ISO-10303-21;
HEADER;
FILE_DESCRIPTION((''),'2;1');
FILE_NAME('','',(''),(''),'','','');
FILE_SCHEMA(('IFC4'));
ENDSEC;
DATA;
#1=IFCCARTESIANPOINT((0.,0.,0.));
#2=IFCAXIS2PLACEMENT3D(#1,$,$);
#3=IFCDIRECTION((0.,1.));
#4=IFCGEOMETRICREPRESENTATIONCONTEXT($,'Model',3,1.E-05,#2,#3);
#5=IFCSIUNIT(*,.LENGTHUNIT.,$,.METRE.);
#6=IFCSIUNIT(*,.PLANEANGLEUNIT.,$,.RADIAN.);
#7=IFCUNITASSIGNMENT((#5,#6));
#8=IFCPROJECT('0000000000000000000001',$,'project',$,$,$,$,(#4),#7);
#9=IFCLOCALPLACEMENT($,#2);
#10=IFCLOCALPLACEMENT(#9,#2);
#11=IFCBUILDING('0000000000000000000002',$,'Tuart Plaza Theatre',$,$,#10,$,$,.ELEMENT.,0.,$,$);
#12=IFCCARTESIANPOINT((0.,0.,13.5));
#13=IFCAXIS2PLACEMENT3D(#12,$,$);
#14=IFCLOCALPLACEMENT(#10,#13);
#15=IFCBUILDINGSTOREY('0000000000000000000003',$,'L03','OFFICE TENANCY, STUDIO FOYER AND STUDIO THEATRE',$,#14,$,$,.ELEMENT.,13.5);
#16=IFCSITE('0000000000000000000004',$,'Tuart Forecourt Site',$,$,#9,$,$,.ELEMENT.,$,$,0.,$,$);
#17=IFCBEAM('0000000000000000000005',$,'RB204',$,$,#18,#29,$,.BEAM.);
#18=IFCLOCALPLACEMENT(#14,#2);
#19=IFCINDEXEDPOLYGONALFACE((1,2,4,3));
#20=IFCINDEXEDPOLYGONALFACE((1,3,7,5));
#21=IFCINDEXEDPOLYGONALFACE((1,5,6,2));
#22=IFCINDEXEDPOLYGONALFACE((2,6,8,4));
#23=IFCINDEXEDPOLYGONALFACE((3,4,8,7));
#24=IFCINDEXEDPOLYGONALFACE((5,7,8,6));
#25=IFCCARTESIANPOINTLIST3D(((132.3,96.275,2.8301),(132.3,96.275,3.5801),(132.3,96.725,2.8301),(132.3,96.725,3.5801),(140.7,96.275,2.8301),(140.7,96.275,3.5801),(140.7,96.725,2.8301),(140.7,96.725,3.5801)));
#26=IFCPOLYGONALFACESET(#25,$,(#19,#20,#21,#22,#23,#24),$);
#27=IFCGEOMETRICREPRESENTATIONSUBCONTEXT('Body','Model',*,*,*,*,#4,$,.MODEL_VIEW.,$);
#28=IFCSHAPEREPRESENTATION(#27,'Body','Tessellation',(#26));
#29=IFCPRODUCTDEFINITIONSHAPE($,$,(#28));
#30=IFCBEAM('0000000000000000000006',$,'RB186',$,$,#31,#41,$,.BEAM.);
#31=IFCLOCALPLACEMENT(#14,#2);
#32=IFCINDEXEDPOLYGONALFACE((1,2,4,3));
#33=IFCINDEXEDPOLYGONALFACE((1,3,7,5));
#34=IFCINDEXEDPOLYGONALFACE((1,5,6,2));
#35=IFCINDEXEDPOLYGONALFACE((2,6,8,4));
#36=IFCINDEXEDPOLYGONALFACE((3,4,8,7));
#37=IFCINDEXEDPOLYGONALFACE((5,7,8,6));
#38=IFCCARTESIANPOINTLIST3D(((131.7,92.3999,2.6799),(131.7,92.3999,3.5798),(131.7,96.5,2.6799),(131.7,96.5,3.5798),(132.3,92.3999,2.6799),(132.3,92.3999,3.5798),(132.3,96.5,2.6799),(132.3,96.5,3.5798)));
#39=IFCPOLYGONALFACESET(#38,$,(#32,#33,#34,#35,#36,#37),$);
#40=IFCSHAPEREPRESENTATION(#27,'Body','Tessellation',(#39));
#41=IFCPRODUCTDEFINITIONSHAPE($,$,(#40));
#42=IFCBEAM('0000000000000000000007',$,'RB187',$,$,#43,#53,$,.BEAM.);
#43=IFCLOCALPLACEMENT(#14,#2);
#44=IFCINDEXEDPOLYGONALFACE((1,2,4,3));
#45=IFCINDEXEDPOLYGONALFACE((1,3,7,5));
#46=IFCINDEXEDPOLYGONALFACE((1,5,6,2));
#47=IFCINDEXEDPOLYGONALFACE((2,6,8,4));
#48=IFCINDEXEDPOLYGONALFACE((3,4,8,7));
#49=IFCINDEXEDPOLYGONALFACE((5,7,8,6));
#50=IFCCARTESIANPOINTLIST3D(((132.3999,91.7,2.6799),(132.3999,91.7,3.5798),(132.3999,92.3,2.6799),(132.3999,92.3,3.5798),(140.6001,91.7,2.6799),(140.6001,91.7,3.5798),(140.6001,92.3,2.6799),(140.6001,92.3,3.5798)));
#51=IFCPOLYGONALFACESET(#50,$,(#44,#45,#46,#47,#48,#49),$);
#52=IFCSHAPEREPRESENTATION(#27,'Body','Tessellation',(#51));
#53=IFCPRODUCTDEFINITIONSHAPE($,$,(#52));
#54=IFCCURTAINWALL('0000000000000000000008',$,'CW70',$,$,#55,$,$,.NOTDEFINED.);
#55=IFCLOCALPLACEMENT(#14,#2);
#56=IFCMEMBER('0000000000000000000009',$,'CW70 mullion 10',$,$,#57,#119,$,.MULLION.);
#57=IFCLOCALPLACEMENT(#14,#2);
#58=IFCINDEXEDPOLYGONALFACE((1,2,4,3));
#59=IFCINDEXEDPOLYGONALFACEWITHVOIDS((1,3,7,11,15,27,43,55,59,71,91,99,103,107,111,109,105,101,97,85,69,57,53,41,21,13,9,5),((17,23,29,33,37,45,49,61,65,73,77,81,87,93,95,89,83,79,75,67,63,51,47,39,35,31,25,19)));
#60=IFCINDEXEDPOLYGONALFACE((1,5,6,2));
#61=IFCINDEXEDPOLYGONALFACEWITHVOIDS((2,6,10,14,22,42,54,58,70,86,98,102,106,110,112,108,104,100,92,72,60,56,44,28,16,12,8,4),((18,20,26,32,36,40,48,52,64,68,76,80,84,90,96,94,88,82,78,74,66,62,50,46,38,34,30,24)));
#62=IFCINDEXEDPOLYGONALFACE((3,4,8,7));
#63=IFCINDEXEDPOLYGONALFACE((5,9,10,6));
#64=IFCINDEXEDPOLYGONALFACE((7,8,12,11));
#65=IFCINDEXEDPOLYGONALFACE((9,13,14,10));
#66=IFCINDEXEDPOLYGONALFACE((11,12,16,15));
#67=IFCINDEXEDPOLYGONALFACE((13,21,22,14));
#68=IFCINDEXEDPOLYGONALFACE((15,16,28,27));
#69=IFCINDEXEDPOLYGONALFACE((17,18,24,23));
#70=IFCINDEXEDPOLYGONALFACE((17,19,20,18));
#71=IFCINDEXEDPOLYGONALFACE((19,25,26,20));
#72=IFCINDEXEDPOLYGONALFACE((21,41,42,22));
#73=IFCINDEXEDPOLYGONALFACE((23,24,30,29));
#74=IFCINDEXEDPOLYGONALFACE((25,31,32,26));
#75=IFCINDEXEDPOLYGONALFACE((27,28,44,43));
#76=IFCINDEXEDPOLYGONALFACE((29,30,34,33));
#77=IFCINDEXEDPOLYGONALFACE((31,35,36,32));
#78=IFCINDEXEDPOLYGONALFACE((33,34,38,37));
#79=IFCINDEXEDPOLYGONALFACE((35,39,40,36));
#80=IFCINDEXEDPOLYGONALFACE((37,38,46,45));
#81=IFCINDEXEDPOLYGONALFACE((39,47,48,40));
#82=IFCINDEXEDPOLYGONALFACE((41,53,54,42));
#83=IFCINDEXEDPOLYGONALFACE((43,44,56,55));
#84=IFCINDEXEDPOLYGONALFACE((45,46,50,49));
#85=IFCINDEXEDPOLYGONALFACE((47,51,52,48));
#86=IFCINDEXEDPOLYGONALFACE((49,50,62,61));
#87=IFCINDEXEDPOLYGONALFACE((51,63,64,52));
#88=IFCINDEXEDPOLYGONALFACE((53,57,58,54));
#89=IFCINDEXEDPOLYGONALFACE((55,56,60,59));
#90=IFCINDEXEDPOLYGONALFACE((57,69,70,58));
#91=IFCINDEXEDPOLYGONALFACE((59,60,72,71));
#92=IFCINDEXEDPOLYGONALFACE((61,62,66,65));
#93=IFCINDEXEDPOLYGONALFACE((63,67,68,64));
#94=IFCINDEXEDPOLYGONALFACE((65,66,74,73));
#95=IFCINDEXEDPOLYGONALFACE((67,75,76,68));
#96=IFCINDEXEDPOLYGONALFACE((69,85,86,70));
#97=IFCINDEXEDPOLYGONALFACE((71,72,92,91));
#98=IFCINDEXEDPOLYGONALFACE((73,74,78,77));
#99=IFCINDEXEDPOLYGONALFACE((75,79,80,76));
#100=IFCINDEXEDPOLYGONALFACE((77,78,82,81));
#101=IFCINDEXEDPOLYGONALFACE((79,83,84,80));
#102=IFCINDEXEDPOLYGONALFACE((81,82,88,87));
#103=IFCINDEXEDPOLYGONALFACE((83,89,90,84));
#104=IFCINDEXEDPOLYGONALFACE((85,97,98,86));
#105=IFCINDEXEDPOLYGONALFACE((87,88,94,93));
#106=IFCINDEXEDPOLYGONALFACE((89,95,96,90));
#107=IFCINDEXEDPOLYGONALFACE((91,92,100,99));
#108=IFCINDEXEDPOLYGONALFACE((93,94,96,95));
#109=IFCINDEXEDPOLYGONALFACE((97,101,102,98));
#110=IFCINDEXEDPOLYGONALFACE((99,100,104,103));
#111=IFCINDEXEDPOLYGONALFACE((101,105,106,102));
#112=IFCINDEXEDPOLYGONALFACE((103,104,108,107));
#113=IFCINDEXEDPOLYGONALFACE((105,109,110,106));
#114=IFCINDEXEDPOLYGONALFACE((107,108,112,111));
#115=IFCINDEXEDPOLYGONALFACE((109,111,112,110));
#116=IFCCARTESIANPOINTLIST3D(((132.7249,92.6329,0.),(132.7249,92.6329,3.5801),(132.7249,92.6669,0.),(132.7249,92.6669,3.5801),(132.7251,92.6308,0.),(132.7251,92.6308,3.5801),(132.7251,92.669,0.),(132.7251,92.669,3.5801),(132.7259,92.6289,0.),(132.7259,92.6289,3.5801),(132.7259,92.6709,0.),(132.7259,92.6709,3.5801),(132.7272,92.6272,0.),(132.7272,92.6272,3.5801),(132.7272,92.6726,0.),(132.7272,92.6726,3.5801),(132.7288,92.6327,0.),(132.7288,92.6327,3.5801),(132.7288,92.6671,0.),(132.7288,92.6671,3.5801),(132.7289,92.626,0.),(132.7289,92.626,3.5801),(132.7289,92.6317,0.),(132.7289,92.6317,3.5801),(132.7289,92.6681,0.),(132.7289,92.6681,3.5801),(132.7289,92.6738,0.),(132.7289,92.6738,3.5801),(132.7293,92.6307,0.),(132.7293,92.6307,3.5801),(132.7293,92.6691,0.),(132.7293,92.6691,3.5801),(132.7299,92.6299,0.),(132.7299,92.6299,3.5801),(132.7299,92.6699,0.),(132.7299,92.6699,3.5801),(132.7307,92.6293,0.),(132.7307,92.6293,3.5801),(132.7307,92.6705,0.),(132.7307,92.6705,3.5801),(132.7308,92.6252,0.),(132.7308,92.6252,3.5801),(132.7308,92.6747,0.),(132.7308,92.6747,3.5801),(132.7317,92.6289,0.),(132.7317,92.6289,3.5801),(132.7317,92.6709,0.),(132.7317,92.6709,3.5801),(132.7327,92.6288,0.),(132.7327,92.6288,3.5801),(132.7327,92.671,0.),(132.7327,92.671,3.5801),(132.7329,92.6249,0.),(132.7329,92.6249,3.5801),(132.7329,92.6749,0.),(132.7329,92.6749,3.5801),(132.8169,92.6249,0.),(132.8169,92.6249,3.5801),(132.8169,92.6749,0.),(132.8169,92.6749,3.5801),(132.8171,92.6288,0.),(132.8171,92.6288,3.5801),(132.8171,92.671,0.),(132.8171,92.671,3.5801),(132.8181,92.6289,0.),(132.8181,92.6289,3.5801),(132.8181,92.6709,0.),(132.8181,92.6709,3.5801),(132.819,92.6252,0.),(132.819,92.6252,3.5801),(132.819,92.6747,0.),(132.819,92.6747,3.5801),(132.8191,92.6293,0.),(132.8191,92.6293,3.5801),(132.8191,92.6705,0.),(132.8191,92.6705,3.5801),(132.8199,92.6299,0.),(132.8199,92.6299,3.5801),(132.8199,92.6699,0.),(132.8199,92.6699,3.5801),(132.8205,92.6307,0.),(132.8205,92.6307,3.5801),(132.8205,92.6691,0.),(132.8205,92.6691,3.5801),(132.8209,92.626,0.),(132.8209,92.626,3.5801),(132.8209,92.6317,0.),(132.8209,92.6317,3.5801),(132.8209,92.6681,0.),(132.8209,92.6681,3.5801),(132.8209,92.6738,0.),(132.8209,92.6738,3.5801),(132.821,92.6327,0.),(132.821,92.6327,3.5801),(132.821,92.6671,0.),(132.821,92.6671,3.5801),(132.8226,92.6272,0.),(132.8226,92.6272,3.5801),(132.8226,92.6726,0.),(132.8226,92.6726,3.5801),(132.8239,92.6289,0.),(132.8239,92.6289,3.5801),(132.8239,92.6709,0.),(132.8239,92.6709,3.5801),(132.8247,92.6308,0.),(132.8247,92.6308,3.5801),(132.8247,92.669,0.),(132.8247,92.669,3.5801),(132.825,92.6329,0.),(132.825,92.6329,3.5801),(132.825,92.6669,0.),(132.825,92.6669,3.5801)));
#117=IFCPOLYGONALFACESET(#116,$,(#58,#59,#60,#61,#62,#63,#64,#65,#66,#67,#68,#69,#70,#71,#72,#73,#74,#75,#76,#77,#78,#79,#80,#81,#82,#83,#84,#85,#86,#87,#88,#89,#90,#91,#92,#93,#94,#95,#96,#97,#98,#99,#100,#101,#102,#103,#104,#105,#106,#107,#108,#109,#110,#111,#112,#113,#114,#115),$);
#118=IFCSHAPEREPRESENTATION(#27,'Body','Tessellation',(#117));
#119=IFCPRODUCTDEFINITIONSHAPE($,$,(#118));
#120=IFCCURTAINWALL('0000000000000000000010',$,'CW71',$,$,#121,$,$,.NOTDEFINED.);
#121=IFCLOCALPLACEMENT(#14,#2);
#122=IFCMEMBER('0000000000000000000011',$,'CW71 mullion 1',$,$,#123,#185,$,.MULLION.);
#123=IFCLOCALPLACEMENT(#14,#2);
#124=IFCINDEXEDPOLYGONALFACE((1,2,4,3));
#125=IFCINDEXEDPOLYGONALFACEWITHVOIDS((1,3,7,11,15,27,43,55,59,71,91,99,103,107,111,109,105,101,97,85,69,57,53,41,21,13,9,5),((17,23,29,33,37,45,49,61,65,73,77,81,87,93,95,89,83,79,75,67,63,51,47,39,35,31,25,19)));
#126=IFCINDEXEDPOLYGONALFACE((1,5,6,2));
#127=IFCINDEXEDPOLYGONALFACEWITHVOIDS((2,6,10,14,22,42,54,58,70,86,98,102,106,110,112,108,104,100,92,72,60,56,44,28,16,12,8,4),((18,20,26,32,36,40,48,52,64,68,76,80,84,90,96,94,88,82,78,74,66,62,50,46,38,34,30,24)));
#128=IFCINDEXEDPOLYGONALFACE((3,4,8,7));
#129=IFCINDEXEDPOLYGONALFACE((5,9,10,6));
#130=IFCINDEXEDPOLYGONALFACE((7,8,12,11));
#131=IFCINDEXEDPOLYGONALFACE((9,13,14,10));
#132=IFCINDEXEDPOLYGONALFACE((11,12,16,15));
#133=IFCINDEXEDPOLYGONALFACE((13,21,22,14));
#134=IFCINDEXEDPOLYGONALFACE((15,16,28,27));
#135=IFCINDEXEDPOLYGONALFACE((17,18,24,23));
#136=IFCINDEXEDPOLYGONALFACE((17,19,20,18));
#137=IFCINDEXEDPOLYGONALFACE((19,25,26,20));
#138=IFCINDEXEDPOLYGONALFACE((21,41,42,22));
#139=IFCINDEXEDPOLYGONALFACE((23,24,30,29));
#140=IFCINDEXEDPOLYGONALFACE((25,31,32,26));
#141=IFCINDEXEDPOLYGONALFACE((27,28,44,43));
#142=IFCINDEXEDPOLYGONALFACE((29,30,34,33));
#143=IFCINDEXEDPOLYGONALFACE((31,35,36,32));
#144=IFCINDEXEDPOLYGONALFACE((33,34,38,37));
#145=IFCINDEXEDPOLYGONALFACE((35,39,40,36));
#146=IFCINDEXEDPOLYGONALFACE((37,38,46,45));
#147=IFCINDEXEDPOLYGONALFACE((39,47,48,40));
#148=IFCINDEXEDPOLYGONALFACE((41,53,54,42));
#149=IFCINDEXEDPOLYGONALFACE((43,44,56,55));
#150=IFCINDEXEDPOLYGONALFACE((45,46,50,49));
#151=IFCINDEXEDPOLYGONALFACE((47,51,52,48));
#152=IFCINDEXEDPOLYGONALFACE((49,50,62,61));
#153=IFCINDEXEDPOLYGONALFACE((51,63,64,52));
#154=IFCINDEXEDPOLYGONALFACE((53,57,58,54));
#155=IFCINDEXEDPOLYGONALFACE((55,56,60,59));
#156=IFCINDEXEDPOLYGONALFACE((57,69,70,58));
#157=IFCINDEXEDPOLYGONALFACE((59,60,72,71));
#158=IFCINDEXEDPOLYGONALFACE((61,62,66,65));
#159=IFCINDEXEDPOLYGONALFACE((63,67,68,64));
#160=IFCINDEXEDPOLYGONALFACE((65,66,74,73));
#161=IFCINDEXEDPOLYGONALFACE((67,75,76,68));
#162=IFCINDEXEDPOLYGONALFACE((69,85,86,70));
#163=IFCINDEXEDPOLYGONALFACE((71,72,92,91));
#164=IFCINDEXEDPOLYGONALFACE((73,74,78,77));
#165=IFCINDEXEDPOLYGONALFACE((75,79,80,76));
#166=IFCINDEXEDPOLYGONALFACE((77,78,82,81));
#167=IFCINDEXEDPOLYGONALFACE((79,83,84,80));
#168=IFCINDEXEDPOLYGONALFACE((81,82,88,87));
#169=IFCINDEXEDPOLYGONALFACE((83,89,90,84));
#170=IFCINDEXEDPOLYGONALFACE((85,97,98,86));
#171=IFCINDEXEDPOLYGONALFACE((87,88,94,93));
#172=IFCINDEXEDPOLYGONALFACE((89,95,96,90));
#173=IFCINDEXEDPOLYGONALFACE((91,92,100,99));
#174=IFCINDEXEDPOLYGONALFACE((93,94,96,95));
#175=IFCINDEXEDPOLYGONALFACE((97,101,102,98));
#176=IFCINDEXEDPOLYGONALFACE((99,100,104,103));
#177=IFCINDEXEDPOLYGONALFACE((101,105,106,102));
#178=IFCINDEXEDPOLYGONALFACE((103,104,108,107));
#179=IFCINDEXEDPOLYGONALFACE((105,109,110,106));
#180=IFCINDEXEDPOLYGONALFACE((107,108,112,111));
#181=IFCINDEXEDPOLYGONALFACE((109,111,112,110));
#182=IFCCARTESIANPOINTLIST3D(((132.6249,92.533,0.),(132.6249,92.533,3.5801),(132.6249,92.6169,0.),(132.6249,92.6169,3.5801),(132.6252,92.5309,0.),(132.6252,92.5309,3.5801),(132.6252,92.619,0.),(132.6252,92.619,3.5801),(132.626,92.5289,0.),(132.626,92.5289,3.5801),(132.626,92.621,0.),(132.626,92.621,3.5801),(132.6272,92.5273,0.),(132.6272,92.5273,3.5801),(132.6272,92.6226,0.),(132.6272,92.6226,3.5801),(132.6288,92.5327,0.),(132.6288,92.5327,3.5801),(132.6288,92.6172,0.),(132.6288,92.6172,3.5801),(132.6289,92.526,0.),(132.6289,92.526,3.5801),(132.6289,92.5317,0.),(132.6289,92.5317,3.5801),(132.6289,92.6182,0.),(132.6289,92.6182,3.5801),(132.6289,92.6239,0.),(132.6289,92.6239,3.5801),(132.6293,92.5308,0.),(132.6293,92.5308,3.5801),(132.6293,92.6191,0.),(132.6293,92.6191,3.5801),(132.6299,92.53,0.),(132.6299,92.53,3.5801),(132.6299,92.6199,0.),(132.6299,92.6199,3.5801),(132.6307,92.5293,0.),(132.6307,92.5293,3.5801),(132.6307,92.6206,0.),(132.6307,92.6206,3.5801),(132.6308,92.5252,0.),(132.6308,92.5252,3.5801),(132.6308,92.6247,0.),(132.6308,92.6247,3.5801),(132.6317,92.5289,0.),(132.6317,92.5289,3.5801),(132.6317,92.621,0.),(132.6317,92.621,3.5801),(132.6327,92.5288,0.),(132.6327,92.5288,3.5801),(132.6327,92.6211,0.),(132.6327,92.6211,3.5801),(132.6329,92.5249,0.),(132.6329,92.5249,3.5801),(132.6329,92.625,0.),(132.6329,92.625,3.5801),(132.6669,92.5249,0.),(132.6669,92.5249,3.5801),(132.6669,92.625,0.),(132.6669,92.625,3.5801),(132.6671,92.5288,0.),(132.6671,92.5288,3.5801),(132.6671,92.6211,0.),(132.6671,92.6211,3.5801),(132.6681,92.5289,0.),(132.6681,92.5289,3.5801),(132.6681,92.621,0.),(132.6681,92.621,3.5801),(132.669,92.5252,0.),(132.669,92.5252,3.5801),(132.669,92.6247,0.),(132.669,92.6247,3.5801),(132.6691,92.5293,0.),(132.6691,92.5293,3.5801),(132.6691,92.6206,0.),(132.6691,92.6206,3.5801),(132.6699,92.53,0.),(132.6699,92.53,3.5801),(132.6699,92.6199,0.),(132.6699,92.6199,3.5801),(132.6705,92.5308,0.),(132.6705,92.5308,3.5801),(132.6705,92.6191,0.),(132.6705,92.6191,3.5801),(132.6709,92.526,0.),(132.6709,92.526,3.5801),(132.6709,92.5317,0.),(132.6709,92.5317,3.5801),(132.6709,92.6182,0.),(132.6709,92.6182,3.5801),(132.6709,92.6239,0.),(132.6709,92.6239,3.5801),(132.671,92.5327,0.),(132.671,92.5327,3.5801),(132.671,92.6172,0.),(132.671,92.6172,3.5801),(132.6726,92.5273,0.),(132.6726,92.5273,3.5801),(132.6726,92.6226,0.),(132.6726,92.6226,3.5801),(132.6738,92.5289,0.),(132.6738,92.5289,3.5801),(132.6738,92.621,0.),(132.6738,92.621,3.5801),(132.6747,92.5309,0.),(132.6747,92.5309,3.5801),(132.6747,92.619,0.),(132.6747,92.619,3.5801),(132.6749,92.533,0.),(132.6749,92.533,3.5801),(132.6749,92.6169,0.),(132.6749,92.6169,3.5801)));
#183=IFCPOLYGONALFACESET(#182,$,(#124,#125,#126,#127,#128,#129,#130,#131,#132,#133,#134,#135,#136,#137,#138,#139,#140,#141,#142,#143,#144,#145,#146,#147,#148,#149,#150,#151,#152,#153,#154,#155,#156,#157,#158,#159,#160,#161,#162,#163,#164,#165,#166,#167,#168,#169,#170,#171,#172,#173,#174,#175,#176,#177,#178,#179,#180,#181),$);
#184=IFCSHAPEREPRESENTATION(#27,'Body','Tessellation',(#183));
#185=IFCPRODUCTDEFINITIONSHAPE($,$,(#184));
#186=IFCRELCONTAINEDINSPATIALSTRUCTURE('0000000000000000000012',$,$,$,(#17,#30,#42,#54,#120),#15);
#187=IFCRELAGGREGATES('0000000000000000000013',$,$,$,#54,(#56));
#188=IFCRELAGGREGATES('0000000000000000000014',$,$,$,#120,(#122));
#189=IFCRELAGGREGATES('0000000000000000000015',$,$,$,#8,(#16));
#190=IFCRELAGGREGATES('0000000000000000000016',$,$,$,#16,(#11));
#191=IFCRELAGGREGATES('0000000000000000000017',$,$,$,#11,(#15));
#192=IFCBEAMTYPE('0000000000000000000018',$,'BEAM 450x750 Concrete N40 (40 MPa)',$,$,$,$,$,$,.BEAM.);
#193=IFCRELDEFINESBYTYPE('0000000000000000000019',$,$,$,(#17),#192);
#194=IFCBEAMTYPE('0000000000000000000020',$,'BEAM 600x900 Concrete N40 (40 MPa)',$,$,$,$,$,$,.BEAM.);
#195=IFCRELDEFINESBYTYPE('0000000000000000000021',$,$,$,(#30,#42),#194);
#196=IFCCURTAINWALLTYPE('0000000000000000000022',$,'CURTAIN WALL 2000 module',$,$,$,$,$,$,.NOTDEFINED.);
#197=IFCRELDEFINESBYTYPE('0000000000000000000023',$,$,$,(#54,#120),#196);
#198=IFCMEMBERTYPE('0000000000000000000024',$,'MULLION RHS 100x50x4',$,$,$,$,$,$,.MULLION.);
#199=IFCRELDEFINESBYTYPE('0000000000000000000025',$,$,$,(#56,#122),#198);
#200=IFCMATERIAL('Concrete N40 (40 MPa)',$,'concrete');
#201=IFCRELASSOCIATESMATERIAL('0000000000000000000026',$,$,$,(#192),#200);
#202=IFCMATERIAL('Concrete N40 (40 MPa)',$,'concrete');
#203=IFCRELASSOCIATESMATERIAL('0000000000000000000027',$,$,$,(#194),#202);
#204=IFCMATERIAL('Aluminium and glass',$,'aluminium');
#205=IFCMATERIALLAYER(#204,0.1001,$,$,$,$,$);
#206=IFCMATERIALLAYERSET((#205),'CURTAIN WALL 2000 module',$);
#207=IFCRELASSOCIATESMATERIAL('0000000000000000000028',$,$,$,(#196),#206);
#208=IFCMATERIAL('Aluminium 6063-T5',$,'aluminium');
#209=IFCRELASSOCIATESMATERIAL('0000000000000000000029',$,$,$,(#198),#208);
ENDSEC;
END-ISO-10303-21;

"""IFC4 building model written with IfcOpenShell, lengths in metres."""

from ifc_helpers import new_model, si_unit, direction, frame, origin, origin_2d, place, context, subcontext, project, spatial, rectangle, hollow_rectangle, extrude, material, layer, layer_set, material_profile, profile_set, type_object, element, aggregate, save


model = new_model("IFC4")

# Units and contexts
model_context = context("Model", 3, precision=1e-05, world=origin(), true_north=direction((0.0, 1.0)))
body_context = subcontext(model_context, "Body", "Model", "MODEL_VIEW")
ifc_project = project(units=[si_unit("LENGTHUNIT", "METRE"), si_unit("PLANEANGLEUNIT", "RADIAN")], contexts=[model_context])

# Site, building, storey
site_placement = place(None, origin())
site = spatial("IfcSite", under=ifc_project, at=site_placement, Name="Tuart Forecourt Site", CompositionType="ELEMENT", RefElevation=0.0)
building_placement = place(site_placement, origin())
building = spatial("IfcBuilding", under=site, at=building_placement, Name="Tuart Plaza Theatre", CompositionType="ELEMENT", ElevationOfRefHeight=0.0)
storey_placement = place(building_placement, frame((0.0, 0.0, 13.5)))
storey = spatial("IfcBuildingStorey", under=building, at=storey_placement, Name="L03", Description="OFFICE TENANCY, STUDIO FOYER AND STUDIO THEATRE", CompositionType="ELEMENT", Elevation=13.5)

# Beams
ifc_material_1 = material(Name="Concrete N40 (40 MPa)", Category="concrete")
ifc_material_profile_1 = material_profile(ifc_material_1, rectangle(XDim=0.45, YDim=0.75, at=origin_2d()), Name="BEAM 450x750 Concrete N40 (40 MPa)")
ifc_profile_set_1 = profile_set([ifc_material_profile_1], Name="Concrete N40 (40 MPa)")
beam_type_1 = type_object("IfcBeamType", Name="BEAM 450x750 Concrete N40 (40 MPa)", PredefinedType="BEAM", material=ifc_profile_set_1)
beam_1_placement = place(storey_placement, frame((132.3, 96.5, 3.2051), z_axis=(1.0, 0.0, 0.0), x_axis=(0.0, 1.0, 0.0)))
element("IfcBeam", 1, at=beam_1_placement, inside=storey, type_object=beam_type_1, Name="RB204", PredefinedType="BEAM", context=body_context, shape_type="SweptSolid", body=[
    extrude(rectangle(XDim=0.45, YDim=0.75, at=origin_2d()), origin(), (0.0, 0.0, 1.0), 8.3999),
])
ifc_material_2 = material(Name="Concrete N40 (40 MPa)", Category="concrete")
ifc_material_profile_2 = material_profile(ifc_material_2, rectangle(XDim=0.6001, YDim=0.8999, at=origin_2d()), Name="BEAM 600x900 Concrete N40 (40 MPa)")
ifc_profile_set_2 = profile_set([ifc_material_profile_2], Name="Concrete N40 (40 MPa)")
beam_type_2 = type_object("IfcBeamType", Name="BEAM 600x900 Concrete N40 (40 MPa)", PredefinedType="BEAM", material=ifc_profile_set_2)
beam_2_placement = place(storey_placement, frame((132.0, 92.3999, 3.1299), z_axis=(0.0, 1.0, 0.0), x_axis=(-1.0, 0.0, 0.0)))
element("IfcBeam", 2, at=beam_2_placement, inside=storey, type_object=beam_type_2, Name="RB186", PredefinedType="BEAM", context=body_context, shape_type="SweptSolid", body=[
    extrude(rectangle(XDim=0.6001, YDim=0.8999, at=origin_2d()), origin(), (0.0, 0.0, 1.0), 4.1001),
])
beam_3_placement = place(storey_placement, frame((132.3999, 92.0, 3.1299), z_axis=(1.0, 0.0, 0.0), x_axis=(0.0, 1.0, 0.0)))
element("IfcBeam", 3, at=beam_3_placement, inside=storey, type_object=beam_type_2, Name="RB187", PredefinedType="BEAM", context=body_context, shape_type="SweptSolid", body=[
    extrude(rectangle(XDim=0.6001, YDim=0.8999, at=origin_2d()), origin(), (0.0, 0.0, 1.0), 8.2002),
])

# Curtain wall, member
ifc_material_3 = material(Name="Aluminium and glass", Category="aluminium")
ifc_layer_1 = layer(ifc_material_3, 0.1001)
ifc_layer_set_1 = layer_set([ifc_layer_1], Name="CURTAIN WALL 2000 module")
curtain_wall_type = type_object("IfcCurtainWallType", Name="CURTAIN WALL 2000 module", PredefinedType="NOTDEFINED", material=ifc_layer_set_1)
curtain_wall_1_placement = place(storey_placement, origin())
curtain_wall_1 = element("IfcCurtainWall", 4, at=curtain_wall_1_placement, inside=storey, type_object=curtain_wall_type, Name="CW70", PredefinedType="NOTDEFINED")
ifc_material_4 = material(Name="Aluminium 6063-T5", Category="aluminium")
ifc_material_profile_3 = material_profile(ifc_material_4, hollow_rectangle(XDim=0.05, YDim=0.1001, WallThickness=0.0039, InnerFilletRadius=0.0039, OuterFilletRadius=0.0081, at=origin_2d()), Name="RHS 100x50x4")
ifc_profile_set_3 = profile_set([ifc_material_profile_3], Name="Aluminium 6063-T5")
member_type_1 = type_object("IfcMemberType", Name="MULLION RHS 100x50x4", PredefinedType="MULLION", material=ifc_profile_set_3)
member_1_placement = place(storey_placement, frame((132.7749, 92.6499, 0.0), z_axis=(0.0, 0.0, 1.0), x_axis=(0.0, -1.0, 0.0)))
member_1 = element("IfcMember", 5, at=member_1_placement, type_object=member_type_1, Name="CW70 mullion 10", PredefinedType="MULLION", context=body_context, shape_type="SweptSolid", body=[
    extrude(hollow_rectangle(XDim=0.05, YDim=0.1001, WallThickness=0.0039, InnerFilletRadius=0.0039, OuterFilletRadius=0.0081, at=origin_2d()), origin(), (0.0, 0.0, 1.0), 3.5801),
])
aggregate(curtain_wall_1, [member_1])

# Curtain wall, member
curtain_wall_2_placement = place(storey_placement, origin())
curtain_wall_2 = element("IfcCurtainWall", 6, at=curtain_wall_2_placement, inside=storey, type_object=curtain_wall_type, Name="CW71", PredefinedType="NOTDEFINED")
member_2_placement = place(storey_placement, frame((132.6499, 92.575, 0.0), z_axis=(0.0, 0.0, 1.0), x_axis=(-1.0, 0.0, 0.0)))
member_2 = element("IfcMember", 7, at=member_2_placement, type_object=member_type_1, Name="CW71 mullion 1", PredefinedType="MULLION", context=body_context, shape_type="SweptSolid", body=[
    extrude(hollow_rectangle(XDim=0.05, YDim=0.1001, WallThickness=0.0039, InnerFilletRadius=0.0039, OuterFilletRadius=0.0081, at=origin_2d()), origin(), (0.0, 0.0, 1.0), 3.5801),
])

aggregate(curtain_wall_2, [member_2])

save(model, "model.ifc")
